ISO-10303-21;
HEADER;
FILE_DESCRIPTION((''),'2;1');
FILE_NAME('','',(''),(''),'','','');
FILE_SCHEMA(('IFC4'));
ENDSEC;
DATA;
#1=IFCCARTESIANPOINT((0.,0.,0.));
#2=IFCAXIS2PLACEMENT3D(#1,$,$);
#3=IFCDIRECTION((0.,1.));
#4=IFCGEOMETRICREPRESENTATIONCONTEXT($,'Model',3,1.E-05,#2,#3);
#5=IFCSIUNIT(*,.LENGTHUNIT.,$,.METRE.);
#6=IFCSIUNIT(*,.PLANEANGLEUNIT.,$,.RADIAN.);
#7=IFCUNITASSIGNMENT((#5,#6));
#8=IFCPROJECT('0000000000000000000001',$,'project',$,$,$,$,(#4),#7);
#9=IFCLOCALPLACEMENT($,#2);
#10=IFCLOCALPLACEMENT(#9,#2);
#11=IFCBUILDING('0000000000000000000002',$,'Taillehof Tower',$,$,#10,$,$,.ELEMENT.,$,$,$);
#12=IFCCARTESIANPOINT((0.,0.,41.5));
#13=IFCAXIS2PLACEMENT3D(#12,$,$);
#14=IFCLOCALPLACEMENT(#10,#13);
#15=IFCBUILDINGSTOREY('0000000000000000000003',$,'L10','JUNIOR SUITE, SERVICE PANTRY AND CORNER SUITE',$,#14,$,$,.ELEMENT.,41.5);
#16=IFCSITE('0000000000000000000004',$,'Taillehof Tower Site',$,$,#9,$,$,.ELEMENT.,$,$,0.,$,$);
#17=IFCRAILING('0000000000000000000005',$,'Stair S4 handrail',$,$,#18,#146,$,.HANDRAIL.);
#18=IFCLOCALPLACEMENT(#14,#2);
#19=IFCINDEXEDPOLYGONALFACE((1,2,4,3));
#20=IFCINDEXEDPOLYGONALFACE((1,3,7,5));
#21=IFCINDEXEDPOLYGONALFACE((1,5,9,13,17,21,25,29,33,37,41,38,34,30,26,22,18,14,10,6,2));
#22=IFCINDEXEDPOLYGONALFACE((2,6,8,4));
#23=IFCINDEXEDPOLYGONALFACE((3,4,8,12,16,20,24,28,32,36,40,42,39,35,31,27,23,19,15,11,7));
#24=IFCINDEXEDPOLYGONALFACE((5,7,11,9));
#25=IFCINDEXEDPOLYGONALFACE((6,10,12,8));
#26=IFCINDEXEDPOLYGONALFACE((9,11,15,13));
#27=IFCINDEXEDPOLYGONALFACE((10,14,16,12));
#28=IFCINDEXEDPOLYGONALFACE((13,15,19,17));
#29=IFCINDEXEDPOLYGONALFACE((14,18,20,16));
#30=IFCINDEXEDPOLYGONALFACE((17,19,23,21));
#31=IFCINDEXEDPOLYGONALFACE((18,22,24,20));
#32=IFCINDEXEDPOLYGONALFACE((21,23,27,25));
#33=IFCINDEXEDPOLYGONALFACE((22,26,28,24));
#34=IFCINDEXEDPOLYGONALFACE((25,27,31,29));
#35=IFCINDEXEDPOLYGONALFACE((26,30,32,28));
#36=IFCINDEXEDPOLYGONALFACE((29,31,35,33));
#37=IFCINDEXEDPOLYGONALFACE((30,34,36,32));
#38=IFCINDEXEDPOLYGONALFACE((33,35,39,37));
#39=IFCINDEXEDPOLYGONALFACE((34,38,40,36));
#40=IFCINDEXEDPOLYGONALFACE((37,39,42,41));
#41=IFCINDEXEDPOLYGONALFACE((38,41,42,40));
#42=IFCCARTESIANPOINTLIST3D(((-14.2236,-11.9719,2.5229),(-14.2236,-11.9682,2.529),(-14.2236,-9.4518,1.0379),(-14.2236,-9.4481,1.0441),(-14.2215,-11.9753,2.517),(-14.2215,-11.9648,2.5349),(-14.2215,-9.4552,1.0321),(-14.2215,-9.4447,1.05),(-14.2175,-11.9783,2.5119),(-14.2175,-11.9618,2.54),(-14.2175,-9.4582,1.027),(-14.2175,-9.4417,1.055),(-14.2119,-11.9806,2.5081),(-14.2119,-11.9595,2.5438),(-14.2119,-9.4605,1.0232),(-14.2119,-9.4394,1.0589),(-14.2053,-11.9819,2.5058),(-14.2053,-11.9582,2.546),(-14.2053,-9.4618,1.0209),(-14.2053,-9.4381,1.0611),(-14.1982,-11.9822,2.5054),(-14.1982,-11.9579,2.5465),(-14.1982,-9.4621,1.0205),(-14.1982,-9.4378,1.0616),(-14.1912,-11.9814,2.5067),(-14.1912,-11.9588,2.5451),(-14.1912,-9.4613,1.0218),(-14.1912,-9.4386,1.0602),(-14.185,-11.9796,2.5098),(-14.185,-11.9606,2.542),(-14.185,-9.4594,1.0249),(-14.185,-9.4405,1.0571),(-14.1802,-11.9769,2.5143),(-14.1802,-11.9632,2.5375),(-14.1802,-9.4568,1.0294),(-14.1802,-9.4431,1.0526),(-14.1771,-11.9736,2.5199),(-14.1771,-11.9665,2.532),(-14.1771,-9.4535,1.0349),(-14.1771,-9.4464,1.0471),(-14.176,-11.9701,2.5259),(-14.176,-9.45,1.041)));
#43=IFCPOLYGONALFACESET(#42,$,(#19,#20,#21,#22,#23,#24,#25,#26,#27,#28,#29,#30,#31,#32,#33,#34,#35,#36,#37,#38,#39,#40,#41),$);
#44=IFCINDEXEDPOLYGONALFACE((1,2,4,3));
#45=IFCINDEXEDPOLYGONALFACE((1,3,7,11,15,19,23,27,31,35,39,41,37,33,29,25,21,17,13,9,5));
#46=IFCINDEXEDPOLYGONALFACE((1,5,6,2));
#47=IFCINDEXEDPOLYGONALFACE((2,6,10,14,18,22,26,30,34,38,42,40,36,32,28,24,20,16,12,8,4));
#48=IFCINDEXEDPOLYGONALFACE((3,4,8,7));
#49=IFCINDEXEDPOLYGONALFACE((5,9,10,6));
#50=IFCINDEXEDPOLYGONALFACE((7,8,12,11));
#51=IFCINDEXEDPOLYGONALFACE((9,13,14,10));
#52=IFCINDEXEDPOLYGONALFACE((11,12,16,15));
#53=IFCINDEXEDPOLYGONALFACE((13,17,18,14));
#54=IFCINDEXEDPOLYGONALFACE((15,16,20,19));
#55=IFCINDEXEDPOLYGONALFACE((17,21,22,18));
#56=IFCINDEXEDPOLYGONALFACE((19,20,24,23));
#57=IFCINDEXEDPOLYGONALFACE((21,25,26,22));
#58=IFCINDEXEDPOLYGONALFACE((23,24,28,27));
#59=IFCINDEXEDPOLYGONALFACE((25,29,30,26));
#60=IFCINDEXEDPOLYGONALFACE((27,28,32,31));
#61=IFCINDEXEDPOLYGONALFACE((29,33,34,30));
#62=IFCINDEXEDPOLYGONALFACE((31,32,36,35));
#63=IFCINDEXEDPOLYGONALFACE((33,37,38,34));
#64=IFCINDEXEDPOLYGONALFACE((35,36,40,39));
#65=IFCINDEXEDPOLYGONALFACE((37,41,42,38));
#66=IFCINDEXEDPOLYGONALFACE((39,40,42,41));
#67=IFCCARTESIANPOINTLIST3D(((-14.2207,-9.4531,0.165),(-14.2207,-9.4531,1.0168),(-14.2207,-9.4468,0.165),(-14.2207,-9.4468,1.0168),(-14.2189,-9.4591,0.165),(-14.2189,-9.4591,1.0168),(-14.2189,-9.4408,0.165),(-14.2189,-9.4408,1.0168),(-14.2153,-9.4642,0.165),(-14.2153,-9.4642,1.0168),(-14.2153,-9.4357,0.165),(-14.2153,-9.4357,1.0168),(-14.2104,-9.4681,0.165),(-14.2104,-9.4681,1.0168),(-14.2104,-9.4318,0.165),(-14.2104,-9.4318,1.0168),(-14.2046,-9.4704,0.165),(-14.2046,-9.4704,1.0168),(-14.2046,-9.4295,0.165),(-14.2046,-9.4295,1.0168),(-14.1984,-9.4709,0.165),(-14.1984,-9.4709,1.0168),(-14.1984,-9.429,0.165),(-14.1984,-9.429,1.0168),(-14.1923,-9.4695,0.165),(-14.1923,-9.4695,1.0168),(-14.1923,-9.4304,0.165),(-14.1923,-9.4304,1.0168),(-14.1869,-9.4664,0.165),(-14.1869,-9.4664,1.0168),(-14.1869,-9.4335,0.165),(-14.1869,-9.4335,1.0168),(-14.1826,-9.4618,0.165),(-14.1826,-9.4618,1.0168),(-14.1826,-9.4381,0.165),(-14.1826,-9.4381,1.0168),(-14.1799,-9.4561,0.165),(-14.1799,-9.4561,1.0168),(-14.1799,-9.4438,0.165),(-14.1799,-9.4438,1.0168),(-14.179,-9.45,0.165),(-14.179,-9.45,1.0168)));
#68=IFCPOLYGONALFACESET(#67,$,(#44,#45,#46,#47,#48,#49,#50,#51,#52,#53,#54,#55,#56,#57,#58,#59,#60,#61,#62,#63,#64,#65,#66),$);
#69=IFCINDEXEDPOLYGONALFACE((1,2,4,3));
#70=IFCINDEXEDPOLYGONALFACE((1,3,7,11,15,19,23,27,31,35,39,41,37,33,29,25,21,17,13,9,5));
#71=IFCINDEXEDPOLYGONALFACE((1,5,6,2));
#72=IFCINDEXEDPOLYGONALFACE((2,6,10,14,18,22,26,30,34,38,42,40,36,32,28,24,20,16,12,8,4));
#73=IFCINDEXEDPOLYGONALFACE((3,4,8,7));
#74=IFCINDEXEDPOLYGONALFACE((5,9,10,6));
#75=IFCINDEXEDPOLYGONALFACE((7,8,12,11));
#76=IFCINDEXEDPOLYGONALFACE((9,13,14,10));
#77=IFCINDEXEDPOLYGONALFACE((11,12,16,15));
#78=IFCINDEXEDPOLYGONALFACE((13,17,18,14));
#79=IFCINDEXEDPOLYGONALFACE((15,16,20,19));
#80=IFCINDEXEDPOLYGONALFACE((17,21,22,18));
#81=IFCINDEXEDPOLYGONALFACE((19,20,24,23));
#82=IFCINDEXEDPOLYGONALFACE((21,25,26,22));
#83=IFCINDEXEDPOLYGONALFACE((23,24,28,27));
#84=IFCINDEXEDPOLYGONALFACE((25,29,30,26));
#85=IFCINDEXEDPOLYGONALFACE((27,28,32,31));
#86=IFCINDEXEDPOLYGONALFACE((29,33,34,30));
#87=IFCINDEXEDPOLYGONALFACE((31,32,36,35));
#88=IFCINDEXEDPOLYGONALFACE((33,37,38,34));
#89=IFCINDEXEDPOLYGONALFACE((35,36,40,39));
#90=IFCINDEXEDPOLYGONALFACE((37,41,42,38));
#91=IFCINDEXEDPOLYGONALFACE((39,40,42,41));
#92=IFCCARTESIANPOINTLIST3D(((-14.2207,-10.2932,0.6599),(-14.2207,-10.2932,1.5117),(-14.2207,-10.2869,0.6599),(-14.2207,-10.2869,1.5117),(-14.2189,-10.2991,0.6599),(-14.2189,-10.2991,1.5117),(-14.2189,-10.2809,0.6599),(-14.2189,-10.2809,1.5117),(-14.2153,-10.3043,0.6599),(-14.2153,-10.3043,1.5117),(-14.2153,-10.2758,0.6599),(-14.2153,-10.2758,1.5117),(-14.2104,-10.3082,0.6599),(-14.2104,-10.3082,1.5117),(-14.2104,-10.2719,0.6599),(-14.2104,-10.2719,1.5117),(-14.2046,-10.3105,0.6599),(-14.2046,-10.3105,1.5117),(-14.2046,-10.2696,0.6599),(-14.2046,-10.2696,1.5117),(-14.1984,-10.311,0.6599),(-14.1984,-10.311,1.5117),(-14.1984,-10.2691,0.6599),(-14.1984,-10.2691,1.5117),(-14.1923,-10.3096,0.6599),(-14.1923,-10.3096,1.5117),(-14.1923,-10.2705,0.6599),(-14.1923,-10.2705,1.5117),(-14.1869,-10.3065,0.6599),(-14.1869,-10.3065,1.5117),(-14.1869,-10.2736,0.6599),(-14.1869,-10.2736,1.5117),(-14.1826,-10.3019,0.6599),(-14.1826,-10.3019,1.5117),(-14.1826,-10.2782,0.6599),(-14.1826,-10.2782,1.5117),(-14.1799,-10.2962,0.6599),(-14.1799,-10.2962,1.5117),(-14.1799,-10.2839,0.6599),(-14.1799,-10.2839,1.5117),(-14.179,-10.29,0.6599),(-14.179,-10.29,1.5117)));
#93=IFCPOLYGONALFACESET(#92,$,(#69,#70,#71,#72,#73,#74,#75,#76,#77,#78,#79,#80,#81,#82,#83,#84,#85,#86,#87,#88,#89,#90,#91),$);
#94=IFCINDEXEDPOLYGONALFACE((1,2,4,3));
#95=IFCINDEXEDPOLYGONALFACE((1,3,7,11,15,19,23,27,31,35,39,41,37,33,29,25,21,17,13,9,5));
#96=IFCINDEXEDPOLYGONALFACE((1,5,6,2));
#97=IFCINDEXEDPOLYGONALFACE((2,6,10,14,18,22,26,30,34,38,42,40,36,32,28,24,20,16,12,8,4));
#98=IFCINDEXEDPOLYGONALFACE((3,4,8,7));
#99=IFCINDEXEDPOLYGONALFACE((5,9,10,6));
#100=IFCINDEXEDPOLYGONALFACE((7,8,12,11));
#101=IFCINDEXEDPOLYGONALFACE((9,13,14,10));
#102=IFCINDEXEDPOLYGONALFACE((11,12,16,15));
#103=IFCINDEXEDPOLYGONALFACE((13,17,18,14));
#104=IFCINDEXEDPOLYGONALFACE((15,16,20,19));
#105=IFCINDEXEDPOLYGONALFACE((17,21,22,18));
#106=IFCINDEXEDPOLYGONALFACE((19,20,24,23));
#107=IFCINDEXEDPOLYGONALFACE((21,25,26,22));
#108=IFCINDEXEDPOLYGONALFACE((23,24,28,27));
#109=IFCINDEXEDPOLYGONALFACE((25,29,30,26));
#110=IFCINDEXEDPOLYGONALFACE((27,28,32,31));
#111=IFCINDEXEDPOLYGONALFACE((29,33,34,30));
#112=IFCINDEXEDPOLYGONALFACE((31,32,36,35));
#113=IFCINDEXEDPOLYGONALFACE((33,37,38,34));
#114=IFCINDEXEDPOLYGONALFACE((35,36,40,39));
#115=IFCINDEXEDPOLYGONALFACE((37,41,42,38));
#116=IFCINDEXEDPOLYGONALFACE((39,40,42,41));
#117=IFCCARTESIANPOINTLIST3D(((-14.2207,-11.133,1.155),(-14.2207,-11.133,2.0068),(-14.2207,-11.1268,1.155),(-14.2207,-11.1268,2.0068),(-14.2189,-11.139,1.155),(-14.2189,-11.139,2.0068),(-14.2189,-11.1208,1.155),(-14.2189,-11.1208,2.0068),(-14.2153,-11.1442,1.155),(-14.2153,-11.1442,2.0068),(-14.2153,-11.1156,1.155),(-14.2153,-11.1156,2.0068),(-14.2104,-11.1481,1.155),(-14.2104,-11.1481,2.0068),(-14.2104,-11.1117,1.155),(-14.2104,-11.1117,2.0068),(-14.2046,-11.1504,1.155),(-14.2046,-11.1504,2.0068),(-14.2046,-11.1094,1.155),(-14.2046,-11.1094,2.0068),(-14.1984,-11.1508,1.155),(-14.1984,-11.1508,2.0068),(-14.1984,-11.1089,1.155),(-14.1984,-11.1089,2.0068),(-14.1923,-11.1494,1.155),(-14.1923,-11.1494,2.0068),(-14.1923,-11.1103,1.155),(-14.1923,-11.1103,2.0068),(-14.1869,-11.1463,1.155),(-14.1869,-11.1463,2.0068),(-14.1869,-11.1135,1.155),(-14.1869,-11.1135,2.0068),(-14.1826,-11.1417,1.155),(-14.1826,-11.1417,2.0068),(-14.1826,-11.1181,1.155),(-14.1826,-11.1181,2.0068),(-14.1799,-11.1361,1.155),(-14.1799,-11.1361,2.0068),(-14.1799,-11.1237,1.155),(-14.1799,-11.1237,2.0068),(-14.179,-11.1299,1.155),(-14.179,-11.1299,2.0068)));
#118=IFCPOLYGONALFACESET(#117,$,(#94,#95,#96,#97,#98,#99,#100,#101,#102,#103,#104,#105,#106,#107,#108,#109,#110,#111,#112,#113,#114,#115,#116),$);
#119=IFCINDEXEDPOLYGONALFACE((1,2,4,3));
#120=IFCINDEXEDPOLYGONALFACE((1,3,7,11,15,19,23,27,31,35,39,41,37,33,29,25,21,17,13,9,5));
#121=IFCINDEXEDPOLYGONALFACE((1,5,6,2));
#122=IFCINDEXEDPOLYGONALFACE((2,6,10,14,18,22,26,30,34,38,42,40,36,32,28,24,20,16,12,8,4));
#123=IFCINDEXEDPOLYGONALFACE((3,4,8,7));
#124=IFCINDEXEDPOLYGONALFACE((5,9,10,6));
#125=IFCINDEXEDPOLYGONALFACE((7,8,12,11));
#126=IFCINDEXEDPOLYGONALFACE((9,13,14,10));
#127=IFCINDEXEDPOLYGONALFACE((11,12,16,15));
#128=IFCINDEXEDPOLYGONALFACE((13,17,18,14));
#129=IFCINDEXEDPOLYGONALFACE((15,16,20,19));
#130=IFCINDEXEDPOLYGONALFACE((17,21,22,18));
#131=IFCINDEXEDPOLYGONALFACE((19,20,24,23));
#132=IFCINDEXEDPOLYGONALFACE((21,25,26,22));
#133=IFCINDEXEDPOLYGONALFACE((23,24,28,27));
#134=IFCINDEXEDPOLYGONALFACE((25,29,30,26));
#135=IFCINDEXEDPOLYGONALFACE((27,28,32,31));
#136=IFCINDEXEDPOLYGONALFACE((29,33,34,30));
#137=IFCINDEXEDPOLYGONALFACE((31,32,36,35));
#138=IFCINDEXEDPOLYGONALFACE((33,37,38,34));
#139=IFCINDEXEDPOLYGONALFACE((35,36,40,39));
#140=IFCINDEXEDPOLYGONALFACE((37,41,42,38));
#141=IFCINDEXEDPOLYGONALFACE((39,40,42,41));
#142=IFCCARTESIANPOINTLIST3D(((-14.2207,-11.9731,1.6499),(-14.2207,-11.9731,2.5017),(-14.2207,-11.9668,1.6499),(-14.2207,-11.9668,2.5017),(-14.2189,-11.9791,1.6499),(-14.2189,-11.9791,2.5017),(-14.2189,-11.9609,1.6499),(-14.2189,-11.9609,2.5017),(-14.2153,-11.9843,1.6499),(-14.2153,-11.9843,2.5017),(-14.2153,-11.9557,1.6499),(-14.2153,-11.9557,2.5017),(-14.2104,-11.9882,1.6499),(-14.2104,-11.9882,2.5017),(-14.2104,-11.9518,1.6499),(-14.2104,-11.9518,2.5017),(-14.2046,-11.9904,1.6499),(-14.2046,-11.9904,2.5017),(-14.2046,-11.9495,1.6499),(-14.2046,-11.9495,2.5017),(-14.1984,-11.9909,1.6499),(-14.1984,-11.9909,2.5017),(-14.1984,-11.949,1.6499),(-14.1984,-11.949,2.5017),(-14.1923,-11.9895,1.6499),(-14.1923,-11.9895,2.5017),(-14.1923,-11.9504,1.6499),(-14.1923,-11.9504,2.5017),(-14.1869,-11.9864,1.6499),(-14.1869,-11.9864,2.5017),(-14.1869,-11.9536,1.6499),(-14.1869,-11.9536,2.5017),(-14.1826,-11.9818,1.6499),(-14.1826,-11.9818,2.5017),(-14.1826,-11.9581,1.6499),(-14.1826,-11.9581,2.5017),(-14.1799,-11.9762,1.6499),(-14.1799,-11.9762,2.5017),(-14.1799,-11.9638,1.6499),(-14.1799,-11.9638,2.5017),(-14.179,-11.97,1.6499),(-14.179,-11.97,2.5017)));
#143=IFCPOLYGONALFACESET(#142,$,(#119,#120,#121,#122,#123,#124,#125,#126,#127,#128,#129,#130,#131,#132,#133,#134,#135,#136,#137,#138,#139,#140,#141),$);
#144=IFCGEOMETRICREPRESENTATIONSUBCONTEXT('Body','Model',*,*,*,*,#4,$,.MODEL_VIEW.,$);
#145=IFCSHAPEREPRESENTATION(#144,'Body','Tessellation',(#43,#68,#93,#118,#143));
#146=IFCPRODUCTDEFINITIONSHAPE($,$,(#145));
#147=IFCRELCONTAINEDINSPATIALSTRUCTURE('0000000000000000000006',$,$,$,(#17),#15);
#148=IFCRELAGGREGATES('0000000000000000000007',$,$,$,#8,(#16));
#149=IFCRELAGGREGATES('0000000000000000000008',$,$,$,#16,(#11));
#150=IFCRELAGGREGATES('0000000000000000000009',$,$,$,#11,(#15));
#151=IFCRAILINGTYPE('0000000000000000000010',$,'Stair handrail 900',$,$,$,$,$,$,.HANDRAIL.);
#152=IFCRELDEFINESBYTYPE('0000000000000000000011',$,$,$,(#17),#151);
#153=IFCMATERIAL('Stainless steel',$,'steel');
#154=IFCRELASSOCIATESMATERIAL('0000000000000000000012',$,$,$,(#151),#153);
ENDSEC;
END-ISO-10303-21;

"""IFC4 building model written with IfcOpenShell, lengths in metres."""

from ifc_helpers import new_model, si_unit, direction, frame, origin, origin_2d, place, context, subcontext, project, spatial, circle, extrude, material, type_object, element, save


model = new_model("IFC4")

# Units and contexts
model_context = context("Model", 3, precision=1e-05, world=origin(), true_north=direction((0.0, 1.0)))
body_context = subcontext(model_context, "Body", "Model", "MODEL_VIEW")
ifc_project = project(units=[si_unit("LENGTHUNIT", "METRE"), si_unit("PLANEANGLEUNIT", "RADIAN")], contexts=[model_context])

# Site, building, storey
site_placement = place(None, origin())
site = spatial("IfcSite", under=ifc_project, at=site_placement, Name="Taillehof Tower Site", CompositionType="ELEMENT", RefElevation=0.0)
building_placement = place(site_placement, origin())
building = spatial("IfcBuilding", under=site, at=building_placement, Name="Taillehof Tower", CompositionType="ELEMENT")
storey_placement = place(building_placement, frame((0.0, 0.0, 41.5)))
storey = spatial("IfcBuildingStorey", under=building, at=storey_placement, Name="L10", Description="JUNIOR SUITE, SERVICE PANTRY AND CORNER SUITE", CompositionType="ELEMENT", Elevation=41.5)

# Railing
ifc_material_1 = material(Name="Stainless steel", Category="steel")
railing_type = type_object("IfcRailingType", Name="Stair handrail 900", PredefinedType="HANDRAIL", material=ifc_material_1)
railing_placement = place(storey_placement, frame((-14.2, -9.45, 0.165)))
element("IfcRailing", 1, at=railing_placement, inside=storey, type_object=railing_type, Name="Stair S4 handrail", PredefinedType="HANDRAIL", context=body_context, shape_type="SweptSolid", body=[
    extrude(circle(Radius=0.0239, at=origin_2d()), frame((0.0, 0.0, 0.876), z_axis=(0.0, -0.861561, 0.507655), x_axis=(1.0, 0.0, 0.0)), (0.0, 0.0, 1.0), 2.925),
    extrude(circle(Radius=0.021, at=origin_2d()), origin(), (0.0, 0.0, 1.0), 0.8518),
    extrude(circle(Radius=0.021, at=origin_2d()), frame((0.0, -0.8401, 0.4949)), (0.0, 0.0, 1.0), 0.8518),
    extrude(circle(Radius=0.021, at=origin_2d()), frame((0.0, -1.6799, 0.99)), (0.0, 0.0, 1.0), 0.8518),
    extrude(circle(Radius=0.021, at=origin_2d()), frame((0.0, -2.52, 1.4849)), (0.0, 0.0, 1.0), 0.8518),
])

save(model, "model.ifc")
